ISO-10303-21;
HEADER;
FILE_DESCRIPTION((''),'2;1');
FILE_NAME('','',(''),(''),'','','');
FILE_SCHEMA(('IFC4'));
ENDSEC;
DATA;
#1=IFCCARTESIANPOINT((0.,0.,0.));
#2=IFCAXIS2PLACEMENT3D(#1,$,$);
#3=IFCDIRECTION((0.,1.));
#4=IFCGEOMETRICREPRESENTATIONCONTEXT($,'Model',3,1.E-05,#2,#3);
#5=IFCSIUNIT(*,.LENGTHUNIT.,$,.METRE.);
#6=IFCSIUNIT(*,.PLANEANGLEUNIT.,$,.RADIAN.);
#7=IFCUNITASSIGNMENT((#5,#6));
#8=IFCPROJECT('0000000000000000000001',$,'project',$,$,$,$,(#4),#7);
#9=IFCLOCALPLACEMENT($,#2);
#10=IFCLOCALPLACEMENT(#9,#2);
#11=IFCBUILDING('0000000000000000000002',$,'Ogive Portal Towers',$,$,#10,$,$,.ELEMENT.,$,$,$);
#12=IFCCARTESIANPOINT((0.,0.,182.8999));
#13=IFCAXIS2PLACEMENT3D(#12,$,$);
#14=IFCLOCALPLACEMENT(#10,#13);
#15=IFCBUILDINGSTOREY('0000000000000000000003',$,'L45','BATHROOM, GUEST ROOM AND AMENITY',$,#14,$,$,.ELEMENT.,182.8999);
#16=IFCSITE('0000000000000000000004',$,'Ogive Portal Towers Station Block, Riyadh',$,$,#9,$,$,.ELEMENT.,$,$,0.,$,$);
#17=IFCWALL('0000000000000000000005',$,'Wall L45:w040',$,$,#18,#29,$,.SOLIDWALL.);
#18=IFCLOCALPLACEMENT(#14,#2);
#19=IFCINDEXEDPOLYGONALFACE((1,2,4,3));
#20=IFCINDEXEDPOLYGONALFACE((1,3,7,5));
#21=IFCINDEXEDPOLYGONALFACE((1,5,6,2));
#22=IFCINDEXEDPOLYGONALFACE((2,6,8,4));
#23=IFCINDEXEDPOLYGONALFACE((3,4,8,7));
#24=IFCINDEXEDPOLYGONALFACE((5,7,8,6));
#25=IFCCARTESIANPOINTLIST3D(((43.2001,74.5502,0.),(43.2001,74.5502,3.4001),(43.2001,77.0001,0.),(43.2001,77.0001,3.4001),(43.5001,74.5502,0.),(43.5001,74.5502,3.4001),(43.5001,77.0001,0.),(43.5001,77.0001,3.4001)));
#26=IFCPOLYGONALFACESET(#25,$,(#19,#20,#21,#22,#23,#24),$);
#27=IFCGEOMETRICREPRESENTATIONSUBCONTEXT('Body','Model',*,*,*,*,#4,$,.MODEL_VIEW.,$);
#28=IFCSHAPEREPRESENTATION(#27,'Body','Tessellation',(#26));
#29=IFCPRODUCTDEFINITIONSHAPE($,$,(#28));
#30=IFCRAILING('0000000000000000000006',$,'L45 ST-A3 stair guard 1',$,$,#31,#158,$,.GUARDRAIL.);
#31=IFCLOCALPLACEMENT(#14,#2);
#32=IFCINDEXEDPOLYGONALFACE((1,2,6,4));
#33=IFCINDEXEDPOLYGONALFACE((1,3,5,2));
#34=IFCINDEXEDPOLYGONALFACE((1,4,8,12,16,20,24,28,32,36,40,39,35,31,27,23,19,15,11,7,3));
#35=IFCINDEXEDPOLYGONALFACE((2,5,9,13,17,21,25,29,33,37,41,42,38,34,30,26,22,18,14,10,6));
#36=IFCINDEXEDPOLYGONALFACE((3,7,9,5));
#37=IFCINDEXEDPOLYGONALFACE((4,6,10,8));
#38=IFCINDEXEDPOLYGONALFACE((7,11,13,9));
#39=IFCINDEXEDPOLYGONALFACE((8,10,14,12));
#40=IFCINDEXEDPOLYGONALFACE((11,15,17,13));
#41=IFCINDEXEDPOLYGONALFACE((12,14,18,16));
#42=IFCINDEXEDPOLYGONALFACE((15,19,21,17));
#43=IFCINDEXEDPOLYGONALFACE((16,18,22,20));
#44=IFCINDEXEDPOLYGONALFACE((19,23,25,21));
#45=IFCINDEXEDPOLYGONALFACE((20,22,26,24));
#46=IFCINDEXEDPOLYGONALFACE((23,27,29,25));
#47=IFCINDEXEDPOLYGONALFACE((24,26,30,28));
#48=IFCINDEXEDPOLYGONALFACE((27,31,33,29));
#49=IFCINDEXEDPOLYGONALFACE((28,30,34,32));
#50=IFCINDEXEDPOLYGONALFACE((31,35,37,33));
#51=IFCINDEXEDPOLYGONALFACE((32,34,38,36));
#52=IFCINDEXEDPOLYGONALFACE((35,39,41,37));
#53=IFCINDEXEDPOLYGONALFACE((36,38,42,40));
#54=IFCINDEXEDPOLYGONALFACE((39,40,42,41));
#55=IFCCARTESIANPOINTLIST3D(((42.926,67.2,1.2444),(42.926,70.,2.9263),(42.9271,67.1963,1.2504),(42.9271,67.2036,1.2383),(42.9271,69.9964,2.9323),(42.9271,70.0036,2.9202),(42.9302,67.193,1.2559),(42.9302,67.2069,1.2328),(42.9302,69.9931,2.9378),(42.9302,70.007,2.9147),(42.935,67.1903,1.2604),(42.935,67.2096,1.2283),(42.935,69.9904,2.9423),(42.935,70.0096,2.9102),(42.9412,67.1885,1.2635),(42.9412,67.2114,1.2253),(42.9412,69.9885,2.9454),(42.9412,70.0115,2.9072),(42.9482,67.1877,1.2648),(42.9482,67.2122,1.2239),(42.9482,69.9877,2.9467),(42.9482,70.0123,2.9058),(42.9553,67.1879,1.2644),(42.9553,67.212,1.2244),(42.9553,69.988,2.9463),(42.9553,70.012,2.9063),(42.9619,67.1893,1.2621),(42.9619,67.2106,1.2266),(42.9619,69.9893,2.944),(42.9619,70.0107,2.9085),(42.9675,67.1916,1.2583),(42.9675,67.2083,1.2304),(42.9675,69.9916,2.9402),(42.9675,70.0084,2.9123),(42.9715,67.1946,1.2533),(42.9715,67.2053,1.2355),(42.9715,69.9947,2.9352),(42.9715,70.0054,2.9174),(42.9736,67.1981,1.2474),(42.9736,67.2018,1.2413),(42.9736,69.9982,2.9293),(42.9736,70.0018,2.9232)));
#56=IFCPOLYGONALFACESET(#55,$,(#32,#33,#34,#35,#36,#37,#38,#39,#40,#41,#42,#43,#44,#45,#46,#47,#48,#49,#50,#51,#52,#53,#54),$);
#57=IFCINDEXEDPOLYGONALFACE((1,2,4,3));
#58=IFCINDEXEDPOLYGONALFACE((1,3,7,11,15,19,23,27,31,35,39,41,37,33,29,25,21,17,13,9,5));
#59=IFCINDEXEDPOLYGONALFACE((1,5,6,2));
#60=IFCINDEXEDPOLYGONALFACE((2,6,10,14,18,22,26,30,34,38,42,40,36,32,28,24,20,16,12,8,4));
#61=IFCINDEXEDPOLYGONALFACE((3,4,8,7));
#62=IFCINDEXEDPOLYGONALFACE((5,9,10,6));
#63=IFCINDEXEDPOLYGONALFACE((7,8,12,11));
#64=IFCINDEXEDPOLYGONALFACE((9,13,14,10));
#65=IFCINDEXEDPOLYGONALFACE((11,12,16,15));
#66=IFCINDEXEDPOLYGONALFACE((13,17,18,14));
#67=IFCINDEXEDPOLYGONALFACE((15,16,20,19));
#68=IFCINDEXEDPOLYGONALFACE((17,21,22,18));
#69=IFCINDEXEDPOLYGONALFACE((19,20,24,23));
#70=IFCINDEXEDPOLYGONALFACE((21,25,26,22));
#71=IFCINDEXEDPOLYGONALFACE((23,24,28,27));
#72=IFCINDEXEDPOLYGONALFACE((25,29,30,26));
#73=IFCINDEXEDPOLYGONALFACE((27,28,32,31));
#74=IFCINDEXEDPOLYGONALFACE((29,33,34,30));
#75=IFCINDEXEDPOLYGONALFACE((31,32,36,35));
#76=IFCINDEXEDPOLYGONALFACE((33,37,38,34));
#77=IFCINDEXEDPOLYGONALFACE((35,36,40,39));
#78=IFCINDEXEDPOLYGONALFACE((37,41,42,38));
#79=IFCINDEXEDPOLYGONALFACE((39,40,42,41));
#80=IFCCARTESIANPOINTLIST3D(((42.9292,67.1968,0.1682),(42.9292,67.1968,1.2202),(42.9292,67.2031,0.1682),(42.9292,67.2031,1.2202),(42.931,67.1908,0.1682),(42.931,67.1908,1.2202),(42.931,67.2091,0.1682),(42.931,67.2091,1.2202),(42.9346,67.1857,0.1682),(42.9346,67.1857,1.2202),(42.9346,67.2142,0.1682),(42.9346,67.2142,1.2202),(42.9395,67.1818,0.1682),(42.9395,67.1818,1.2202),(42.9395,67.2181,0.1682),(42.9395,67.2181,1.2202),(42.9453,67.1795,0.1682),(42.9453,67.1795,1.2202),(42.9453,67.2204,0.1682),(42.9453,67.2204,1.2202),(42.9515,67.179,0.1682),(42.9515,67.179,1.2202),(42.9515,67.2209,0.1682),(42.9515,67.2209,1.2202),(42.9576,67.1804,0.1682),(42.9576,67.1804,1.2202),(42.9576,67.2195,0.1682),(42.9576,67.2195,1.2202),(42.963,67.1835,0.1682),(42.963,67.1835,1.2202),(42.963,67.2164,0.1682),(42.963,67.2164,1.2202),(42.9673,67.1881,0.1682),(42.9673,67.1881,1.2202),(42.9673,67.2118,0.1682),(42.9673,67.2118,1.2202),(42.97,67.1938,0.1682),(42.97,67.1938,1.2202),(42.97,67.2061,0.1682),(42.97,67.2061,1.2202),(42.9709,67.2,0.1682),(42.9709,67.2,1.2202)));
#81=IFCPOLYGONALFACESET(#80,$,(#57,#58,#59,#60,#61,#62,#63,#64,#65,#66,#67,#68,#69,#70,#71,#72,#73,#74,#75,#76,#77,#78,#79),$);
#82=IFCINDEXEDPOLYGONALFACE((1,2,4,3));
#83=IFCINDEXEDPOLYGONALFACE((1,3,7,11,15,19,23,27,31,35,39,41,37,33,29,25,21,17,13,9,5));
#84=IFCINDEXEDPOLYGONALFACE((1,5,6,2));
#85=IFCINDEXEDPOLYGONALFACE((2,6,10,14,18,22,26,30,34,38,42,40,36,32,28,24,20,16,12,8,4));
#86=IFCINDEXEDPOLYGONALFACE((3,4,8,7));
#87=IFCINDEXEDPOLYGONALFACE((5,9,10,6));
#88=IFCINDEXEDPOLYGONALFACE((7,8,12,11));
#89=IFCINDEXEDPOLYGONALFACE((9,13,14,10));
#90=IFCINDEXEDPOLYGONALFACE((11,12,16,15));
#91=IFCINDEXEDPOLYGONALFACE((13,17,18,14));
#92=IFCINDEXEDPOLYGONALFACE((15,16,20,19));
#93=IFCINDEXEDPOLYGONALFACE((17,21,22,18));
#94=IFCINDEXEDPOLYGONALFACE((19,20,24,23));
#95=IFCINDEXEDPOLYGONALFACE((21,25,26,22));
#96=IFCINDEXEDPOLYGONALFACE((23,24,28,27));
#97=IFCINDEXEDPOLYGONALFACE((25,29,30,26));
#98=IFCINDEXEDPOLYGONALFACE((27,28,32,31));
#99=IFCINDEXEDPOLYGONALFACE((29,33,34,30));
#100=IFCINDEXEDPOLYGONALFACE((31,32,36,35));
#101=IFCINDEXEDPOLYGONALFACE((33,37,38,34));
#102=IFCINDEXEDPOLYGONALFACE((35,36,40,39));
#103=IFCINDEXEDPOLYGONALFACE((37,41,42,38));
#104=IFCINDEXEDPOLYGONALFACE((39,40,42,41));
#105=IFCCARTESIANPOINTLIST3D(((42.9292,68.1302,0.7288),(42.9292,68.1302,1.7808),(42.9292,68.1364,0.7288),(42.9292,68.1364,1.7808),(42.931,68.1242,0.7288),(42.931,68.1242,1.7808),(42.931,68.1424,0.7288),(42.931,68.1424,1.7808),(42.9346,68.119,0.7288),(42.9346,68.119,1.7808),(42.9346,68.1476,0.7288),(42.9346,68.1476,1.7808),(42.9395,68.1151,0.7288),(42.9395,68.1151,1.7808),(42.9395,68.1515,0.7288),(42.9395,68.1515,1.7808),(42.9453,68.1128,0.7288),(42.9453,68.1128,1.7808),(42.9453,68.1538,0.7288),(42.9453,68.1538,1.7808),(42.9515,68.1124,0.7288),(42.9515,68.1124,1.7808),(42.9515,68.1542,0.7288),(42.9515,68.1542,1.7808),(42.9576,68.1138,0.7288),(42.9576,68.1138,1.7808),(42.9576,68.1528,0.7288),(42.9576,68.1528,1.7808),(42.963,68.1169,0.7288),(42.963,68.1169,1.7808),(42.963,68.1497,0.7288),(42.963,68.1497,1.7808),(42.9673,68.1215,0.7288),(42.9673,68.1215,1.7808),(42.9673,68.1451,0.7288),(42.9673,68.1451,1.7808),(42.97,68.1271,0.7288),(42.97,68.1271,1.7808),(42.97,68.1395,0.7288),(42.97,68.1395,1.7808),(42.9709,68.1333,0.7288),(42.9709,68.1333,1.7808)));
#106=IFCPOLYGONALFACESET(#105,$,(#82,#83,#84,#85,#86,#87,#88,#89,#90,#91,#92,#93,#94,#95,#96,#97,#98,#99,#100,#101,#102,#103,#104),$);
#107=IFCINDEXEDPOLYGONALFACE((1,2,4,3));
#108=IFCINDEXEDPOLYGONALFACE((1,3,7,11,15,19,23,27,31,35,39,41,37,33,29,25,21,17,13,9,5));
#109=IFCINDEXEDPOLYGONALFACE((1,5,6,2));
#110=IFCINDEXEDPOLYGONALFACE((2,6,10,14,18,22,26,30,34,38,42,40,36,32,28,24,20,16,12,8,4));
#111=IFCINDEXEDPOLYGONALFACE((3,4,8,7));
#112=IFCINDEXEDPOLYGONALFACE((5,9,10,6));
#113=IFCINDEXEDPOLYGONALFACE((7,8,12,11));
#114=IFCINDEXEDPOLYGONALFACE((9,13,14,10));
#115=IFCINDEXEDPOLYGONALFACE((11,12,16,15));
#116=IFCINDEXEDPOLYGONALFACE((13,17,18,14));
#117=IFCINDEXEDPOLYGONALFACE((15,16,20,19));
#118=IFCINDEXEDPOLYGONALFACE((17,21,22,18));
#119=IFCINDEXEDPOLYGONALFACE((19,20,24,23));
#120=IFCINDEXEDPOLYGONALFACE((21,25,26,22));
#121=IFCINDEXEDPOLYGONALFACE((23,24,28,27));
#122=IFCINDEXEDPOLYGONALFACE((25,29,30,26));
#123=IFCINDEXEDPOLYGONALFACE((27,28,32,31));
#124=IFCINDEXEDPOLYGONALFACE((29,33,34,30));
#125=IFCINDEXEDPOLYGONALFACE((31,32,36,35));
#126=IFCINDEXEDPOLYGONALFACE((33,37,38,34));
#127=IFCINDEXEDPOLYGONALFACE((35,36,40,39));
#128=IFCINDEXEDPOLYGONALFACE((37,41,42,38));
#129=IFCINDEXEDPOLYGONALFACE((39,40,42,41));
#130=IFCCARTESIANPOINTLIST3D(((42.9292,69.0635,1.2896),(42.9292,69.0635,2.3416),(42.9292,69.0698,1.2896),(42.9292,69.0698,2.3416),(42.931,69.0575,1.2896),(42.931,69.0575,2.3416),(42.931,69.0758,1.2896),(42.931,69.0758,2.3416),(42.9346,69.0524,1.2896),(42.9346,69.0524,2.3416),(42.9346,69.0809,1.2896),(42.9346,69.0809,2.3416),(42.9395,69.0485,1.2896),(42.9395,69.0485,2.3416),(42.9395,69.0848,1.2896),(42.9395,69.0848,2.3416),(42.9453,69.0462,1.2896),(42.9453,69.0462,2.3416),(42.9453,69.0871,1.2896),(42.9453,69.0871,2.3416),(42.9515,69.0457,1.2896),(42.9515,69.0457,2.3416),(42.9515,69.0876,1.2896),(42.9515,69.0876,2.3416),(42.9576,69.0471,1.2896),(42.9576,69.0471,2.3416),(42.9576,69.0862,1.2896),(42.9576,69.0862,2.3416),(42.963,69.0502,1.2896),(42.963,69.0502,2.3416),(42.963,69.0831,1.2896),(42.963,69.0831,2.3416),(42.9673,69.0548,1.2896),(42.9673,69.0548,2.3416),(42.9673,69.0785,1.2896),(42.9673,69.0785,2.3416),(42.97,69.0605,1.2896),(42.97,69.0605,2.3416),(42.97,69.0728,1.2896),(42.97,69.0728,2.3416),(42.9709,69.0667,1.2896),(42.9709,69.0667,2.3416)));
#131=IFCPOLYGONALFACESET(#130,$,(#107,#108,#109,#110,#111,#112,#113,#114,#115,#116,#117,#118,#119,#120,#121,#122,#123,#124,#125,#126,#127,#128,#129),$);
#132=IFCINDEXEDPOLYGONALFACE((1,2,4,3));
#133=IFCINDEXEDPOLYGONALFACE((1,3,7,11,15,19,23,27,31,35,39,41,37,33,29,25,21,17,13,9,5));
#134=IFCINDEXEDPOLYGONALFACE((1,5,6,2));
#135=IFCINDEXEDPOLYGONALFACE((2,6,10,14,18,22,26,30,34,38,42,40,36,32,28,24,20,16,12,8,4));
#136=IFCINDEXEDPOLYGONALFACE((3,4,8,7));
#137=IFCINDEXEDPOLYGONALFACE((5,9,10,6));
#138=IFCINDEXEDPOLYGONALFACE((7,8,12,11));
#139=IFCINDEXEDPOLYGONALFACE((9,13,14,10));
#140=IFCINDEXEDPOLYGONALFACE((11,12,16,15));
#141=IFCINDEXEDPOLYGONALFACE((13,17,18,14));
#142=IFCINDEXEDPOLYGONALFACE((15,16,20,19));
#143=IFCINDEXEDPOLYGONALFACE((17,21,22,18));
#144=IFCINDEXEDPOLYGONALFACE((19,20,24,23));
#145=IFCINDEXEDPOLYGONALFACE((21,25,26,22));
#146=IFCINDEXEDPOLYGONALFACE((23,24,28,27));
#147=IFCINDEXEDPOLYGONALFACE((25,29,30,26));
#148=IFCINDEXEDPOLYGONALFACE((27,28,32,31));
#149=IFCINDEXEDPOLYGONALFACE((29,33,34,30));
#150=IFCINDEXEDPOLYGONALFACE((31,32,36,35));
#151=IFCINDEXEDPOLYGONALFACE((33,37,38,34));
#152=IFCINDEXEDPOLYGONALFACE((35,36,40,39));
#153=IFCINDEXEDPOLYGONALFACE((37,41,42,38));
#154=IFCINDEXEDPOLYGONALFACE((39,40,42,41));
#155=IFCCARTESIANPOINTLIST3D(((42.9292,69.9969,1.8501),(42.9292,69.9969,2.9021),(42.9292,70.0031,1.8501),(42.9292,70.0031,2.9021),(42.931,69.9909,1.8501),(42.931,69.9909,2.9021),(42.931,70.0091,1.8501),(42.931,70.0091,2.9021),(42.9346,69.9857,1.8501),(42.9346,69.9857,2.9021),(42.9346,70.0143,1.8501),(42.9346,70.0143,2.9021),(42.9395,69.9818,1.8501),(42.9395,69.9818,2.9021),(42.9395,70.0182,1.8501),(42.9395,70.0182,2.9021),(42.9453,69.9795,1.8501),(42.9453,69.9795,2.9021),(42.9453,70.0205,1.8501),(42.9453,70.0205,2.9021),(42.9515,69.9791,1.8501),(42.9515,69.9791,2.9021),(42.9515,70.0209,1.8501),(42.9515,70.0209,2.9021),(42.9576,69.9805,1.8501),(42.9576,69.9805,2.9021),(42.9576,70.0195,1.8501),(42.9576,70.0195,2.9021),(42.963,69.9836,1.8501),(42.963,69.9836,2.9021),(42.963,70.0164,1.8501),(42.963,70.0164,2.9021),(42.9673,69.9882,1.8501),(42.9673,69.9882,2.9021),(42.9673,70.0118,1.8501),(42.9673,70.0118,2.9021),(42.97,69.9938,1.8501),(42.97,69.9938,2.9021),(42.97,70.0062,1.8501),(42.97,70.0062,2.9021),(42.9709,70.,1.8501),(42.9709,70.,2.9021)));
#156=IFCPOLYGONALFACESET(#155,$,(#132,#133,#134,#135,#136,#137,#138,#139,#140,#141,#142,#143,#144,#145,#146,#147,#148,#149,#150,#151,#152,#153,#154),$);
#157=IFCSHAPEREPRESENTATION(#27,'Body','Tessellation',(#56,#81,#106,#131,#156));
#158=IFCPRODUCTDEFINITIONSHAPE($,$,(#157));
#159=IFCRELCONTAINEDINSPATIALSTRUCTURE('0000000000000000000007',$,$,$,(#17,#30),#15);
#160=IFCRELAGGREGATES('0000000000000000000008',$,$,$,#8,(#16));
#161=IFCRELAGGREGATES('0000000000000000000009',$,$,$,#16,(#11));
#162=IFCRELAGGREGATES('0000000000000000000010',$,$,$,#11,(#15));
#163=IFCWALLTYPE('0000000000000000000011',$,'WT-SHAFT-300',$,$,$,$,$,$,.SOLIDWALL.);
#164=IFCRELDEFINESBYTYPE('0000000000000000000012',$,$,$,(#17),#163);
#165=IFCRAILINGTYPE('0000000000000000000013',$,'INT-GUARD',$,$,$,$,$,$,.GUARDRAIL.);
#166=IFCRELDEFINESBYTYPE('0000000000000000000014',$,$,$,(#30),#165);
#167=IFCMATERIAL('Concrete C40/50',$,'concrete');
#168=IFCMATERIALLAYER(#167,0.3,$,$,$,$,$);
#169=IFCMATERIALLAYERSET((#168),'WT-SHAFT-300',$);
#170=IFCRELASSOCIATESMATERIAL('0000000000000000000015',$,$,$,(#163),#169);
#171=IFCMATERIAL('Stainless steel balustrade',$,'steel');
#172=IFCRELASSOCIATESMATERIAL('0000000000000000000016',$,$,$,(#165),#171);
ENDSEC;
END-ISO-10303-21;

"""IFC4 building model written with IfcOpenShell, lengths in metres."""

from ifc_helpers import new_model, si_unit, direction, frame, frame_2d, origin, origin_2d, place, context, subcontext, project, spatial, rectangle, circle, extrude, material, layer, layer_set, type_object, element, save


model = new_model("IFC4")

# Units and contexts
model_context = context("Model", 3, precision=1e-05, world=origin(), true_north=direction((0.0, 1.0)))
body_context = subcontext(model_context, "Body", "Model", "MODEL_VIEW")
ifc_project = project(units=[si_unit("LENGTHUNIT", "METRE"), si_unit("PLANEANGLEUNIT", "RADIAN")], contexts=[model_context])

# Site, building, storey
site_placement = place(None, origin())
site = spatial("IfcSite", under=ifc_project, at=site_placement, Name="Ogive Portal Towers Station Block, Riyadh", CompositionType="ELEMENT", RefElevation=0.0)
building_placement = place(site_placement, origin())
building = spatial("IfcBuilding", under=site, at=building_placement, Name="Ogive Portal Towers", CompositionType="ELEMENT")
storey_placement = place(building_placement, frame((0.0, 0.0, 182.8999)))
storey = spatial("IfcBuildingStorey", under=building, at=storey_placement, Name="L45", Description="BATHROOM, GUEST ROOM AND AMENITY", CompositionType="ELEMENT", Elevation=182.8999)

# Shared definitions
ifc_material_1 = material(Name="Concrete C40/50", Category="concrete")

# Wall
ifc_layer_1 = layer(ifc_material_1, 0.3)
ifc_layer_set_1 = layer_set([ifc_layer_1], Name="WT-SHAFT-300")
wall_type_1 = type_object("IfcWallType", Name="WT-SHAFT-300", PredefinedType="SOLIDWALL", material=ifc_layer_set_1)
wall_1_placement = place(storey_placement, frame((43.3501, 74.55, 0.0), z_axis=(0.0, 0.0, 1.0), x_axis=(0.0, 1.0, 0.0)))
element("IfcWall", 1, at=wall_1_placement, inside=storey, type_object=wall_type_1, Name="Wall L45:w040", PredefinedType="SOLIDWALL", context=body_context, shape_type="SweptSolid", body=[
    extrude(rectangle(XDim=2.45, YDim=0.3, at=frame_2d((1.2251, 0.0))), origin(), (0.0, 0.0, 1.0), 3.4001),
])

# Railing
ifc_material_2 = material(Name="Stainless steel balustrade", Category="steel")
railing_type_1 = type_object("IfcRailingType", Name="INT-GUARD", PredefinedType="GUARDRAIL", material=ifc_material_2)
railing_1_placement = place(storey_placement, frame((42.95, 67.2, 0.1682)))
element("IfcRailing", 2, at=railing_1_placement, inside=storey, type_object=railing_type_1, Name="L45 ST-A3 stair guard 1", PredefinedType="GUARDRAIL", context=body_context, shape_type="SweptSolid", body=[
    extrude(circle(Radius=0.0239, at=origin_2d()), frame((0.0, 0.0, 1.0762), z_axis=(0.0, 0.857242, 0.514913), x_axis=(-1.0, 0.0, 0.0)), (0.0, 0.0, 1.0), 3.2664),
    extrude(circle(Radius=0.021, at=origin_2d()), origin(), (0.0, 0.0, 1.0), 1.052),
    extrude(circle(Radius=0.021, at=origin_2d()), frame((0.0, 0.9333, 0.5605)), (0.0, 0.0, 1.0), 1.052),
    extrude(circle(Radius=0.021, at=origin_2d()), frame((0.0, 1.8667, 1.1213)), (0.0, 0.0, 1.0), 1.052),
    extrude(circle(Radius=0.021, at=origin_2d()), frame((0.0, 2.8, 1.6819)), (0.0, 0.0, 1.0), 1.052),
])

save(model, "model.ifc")
